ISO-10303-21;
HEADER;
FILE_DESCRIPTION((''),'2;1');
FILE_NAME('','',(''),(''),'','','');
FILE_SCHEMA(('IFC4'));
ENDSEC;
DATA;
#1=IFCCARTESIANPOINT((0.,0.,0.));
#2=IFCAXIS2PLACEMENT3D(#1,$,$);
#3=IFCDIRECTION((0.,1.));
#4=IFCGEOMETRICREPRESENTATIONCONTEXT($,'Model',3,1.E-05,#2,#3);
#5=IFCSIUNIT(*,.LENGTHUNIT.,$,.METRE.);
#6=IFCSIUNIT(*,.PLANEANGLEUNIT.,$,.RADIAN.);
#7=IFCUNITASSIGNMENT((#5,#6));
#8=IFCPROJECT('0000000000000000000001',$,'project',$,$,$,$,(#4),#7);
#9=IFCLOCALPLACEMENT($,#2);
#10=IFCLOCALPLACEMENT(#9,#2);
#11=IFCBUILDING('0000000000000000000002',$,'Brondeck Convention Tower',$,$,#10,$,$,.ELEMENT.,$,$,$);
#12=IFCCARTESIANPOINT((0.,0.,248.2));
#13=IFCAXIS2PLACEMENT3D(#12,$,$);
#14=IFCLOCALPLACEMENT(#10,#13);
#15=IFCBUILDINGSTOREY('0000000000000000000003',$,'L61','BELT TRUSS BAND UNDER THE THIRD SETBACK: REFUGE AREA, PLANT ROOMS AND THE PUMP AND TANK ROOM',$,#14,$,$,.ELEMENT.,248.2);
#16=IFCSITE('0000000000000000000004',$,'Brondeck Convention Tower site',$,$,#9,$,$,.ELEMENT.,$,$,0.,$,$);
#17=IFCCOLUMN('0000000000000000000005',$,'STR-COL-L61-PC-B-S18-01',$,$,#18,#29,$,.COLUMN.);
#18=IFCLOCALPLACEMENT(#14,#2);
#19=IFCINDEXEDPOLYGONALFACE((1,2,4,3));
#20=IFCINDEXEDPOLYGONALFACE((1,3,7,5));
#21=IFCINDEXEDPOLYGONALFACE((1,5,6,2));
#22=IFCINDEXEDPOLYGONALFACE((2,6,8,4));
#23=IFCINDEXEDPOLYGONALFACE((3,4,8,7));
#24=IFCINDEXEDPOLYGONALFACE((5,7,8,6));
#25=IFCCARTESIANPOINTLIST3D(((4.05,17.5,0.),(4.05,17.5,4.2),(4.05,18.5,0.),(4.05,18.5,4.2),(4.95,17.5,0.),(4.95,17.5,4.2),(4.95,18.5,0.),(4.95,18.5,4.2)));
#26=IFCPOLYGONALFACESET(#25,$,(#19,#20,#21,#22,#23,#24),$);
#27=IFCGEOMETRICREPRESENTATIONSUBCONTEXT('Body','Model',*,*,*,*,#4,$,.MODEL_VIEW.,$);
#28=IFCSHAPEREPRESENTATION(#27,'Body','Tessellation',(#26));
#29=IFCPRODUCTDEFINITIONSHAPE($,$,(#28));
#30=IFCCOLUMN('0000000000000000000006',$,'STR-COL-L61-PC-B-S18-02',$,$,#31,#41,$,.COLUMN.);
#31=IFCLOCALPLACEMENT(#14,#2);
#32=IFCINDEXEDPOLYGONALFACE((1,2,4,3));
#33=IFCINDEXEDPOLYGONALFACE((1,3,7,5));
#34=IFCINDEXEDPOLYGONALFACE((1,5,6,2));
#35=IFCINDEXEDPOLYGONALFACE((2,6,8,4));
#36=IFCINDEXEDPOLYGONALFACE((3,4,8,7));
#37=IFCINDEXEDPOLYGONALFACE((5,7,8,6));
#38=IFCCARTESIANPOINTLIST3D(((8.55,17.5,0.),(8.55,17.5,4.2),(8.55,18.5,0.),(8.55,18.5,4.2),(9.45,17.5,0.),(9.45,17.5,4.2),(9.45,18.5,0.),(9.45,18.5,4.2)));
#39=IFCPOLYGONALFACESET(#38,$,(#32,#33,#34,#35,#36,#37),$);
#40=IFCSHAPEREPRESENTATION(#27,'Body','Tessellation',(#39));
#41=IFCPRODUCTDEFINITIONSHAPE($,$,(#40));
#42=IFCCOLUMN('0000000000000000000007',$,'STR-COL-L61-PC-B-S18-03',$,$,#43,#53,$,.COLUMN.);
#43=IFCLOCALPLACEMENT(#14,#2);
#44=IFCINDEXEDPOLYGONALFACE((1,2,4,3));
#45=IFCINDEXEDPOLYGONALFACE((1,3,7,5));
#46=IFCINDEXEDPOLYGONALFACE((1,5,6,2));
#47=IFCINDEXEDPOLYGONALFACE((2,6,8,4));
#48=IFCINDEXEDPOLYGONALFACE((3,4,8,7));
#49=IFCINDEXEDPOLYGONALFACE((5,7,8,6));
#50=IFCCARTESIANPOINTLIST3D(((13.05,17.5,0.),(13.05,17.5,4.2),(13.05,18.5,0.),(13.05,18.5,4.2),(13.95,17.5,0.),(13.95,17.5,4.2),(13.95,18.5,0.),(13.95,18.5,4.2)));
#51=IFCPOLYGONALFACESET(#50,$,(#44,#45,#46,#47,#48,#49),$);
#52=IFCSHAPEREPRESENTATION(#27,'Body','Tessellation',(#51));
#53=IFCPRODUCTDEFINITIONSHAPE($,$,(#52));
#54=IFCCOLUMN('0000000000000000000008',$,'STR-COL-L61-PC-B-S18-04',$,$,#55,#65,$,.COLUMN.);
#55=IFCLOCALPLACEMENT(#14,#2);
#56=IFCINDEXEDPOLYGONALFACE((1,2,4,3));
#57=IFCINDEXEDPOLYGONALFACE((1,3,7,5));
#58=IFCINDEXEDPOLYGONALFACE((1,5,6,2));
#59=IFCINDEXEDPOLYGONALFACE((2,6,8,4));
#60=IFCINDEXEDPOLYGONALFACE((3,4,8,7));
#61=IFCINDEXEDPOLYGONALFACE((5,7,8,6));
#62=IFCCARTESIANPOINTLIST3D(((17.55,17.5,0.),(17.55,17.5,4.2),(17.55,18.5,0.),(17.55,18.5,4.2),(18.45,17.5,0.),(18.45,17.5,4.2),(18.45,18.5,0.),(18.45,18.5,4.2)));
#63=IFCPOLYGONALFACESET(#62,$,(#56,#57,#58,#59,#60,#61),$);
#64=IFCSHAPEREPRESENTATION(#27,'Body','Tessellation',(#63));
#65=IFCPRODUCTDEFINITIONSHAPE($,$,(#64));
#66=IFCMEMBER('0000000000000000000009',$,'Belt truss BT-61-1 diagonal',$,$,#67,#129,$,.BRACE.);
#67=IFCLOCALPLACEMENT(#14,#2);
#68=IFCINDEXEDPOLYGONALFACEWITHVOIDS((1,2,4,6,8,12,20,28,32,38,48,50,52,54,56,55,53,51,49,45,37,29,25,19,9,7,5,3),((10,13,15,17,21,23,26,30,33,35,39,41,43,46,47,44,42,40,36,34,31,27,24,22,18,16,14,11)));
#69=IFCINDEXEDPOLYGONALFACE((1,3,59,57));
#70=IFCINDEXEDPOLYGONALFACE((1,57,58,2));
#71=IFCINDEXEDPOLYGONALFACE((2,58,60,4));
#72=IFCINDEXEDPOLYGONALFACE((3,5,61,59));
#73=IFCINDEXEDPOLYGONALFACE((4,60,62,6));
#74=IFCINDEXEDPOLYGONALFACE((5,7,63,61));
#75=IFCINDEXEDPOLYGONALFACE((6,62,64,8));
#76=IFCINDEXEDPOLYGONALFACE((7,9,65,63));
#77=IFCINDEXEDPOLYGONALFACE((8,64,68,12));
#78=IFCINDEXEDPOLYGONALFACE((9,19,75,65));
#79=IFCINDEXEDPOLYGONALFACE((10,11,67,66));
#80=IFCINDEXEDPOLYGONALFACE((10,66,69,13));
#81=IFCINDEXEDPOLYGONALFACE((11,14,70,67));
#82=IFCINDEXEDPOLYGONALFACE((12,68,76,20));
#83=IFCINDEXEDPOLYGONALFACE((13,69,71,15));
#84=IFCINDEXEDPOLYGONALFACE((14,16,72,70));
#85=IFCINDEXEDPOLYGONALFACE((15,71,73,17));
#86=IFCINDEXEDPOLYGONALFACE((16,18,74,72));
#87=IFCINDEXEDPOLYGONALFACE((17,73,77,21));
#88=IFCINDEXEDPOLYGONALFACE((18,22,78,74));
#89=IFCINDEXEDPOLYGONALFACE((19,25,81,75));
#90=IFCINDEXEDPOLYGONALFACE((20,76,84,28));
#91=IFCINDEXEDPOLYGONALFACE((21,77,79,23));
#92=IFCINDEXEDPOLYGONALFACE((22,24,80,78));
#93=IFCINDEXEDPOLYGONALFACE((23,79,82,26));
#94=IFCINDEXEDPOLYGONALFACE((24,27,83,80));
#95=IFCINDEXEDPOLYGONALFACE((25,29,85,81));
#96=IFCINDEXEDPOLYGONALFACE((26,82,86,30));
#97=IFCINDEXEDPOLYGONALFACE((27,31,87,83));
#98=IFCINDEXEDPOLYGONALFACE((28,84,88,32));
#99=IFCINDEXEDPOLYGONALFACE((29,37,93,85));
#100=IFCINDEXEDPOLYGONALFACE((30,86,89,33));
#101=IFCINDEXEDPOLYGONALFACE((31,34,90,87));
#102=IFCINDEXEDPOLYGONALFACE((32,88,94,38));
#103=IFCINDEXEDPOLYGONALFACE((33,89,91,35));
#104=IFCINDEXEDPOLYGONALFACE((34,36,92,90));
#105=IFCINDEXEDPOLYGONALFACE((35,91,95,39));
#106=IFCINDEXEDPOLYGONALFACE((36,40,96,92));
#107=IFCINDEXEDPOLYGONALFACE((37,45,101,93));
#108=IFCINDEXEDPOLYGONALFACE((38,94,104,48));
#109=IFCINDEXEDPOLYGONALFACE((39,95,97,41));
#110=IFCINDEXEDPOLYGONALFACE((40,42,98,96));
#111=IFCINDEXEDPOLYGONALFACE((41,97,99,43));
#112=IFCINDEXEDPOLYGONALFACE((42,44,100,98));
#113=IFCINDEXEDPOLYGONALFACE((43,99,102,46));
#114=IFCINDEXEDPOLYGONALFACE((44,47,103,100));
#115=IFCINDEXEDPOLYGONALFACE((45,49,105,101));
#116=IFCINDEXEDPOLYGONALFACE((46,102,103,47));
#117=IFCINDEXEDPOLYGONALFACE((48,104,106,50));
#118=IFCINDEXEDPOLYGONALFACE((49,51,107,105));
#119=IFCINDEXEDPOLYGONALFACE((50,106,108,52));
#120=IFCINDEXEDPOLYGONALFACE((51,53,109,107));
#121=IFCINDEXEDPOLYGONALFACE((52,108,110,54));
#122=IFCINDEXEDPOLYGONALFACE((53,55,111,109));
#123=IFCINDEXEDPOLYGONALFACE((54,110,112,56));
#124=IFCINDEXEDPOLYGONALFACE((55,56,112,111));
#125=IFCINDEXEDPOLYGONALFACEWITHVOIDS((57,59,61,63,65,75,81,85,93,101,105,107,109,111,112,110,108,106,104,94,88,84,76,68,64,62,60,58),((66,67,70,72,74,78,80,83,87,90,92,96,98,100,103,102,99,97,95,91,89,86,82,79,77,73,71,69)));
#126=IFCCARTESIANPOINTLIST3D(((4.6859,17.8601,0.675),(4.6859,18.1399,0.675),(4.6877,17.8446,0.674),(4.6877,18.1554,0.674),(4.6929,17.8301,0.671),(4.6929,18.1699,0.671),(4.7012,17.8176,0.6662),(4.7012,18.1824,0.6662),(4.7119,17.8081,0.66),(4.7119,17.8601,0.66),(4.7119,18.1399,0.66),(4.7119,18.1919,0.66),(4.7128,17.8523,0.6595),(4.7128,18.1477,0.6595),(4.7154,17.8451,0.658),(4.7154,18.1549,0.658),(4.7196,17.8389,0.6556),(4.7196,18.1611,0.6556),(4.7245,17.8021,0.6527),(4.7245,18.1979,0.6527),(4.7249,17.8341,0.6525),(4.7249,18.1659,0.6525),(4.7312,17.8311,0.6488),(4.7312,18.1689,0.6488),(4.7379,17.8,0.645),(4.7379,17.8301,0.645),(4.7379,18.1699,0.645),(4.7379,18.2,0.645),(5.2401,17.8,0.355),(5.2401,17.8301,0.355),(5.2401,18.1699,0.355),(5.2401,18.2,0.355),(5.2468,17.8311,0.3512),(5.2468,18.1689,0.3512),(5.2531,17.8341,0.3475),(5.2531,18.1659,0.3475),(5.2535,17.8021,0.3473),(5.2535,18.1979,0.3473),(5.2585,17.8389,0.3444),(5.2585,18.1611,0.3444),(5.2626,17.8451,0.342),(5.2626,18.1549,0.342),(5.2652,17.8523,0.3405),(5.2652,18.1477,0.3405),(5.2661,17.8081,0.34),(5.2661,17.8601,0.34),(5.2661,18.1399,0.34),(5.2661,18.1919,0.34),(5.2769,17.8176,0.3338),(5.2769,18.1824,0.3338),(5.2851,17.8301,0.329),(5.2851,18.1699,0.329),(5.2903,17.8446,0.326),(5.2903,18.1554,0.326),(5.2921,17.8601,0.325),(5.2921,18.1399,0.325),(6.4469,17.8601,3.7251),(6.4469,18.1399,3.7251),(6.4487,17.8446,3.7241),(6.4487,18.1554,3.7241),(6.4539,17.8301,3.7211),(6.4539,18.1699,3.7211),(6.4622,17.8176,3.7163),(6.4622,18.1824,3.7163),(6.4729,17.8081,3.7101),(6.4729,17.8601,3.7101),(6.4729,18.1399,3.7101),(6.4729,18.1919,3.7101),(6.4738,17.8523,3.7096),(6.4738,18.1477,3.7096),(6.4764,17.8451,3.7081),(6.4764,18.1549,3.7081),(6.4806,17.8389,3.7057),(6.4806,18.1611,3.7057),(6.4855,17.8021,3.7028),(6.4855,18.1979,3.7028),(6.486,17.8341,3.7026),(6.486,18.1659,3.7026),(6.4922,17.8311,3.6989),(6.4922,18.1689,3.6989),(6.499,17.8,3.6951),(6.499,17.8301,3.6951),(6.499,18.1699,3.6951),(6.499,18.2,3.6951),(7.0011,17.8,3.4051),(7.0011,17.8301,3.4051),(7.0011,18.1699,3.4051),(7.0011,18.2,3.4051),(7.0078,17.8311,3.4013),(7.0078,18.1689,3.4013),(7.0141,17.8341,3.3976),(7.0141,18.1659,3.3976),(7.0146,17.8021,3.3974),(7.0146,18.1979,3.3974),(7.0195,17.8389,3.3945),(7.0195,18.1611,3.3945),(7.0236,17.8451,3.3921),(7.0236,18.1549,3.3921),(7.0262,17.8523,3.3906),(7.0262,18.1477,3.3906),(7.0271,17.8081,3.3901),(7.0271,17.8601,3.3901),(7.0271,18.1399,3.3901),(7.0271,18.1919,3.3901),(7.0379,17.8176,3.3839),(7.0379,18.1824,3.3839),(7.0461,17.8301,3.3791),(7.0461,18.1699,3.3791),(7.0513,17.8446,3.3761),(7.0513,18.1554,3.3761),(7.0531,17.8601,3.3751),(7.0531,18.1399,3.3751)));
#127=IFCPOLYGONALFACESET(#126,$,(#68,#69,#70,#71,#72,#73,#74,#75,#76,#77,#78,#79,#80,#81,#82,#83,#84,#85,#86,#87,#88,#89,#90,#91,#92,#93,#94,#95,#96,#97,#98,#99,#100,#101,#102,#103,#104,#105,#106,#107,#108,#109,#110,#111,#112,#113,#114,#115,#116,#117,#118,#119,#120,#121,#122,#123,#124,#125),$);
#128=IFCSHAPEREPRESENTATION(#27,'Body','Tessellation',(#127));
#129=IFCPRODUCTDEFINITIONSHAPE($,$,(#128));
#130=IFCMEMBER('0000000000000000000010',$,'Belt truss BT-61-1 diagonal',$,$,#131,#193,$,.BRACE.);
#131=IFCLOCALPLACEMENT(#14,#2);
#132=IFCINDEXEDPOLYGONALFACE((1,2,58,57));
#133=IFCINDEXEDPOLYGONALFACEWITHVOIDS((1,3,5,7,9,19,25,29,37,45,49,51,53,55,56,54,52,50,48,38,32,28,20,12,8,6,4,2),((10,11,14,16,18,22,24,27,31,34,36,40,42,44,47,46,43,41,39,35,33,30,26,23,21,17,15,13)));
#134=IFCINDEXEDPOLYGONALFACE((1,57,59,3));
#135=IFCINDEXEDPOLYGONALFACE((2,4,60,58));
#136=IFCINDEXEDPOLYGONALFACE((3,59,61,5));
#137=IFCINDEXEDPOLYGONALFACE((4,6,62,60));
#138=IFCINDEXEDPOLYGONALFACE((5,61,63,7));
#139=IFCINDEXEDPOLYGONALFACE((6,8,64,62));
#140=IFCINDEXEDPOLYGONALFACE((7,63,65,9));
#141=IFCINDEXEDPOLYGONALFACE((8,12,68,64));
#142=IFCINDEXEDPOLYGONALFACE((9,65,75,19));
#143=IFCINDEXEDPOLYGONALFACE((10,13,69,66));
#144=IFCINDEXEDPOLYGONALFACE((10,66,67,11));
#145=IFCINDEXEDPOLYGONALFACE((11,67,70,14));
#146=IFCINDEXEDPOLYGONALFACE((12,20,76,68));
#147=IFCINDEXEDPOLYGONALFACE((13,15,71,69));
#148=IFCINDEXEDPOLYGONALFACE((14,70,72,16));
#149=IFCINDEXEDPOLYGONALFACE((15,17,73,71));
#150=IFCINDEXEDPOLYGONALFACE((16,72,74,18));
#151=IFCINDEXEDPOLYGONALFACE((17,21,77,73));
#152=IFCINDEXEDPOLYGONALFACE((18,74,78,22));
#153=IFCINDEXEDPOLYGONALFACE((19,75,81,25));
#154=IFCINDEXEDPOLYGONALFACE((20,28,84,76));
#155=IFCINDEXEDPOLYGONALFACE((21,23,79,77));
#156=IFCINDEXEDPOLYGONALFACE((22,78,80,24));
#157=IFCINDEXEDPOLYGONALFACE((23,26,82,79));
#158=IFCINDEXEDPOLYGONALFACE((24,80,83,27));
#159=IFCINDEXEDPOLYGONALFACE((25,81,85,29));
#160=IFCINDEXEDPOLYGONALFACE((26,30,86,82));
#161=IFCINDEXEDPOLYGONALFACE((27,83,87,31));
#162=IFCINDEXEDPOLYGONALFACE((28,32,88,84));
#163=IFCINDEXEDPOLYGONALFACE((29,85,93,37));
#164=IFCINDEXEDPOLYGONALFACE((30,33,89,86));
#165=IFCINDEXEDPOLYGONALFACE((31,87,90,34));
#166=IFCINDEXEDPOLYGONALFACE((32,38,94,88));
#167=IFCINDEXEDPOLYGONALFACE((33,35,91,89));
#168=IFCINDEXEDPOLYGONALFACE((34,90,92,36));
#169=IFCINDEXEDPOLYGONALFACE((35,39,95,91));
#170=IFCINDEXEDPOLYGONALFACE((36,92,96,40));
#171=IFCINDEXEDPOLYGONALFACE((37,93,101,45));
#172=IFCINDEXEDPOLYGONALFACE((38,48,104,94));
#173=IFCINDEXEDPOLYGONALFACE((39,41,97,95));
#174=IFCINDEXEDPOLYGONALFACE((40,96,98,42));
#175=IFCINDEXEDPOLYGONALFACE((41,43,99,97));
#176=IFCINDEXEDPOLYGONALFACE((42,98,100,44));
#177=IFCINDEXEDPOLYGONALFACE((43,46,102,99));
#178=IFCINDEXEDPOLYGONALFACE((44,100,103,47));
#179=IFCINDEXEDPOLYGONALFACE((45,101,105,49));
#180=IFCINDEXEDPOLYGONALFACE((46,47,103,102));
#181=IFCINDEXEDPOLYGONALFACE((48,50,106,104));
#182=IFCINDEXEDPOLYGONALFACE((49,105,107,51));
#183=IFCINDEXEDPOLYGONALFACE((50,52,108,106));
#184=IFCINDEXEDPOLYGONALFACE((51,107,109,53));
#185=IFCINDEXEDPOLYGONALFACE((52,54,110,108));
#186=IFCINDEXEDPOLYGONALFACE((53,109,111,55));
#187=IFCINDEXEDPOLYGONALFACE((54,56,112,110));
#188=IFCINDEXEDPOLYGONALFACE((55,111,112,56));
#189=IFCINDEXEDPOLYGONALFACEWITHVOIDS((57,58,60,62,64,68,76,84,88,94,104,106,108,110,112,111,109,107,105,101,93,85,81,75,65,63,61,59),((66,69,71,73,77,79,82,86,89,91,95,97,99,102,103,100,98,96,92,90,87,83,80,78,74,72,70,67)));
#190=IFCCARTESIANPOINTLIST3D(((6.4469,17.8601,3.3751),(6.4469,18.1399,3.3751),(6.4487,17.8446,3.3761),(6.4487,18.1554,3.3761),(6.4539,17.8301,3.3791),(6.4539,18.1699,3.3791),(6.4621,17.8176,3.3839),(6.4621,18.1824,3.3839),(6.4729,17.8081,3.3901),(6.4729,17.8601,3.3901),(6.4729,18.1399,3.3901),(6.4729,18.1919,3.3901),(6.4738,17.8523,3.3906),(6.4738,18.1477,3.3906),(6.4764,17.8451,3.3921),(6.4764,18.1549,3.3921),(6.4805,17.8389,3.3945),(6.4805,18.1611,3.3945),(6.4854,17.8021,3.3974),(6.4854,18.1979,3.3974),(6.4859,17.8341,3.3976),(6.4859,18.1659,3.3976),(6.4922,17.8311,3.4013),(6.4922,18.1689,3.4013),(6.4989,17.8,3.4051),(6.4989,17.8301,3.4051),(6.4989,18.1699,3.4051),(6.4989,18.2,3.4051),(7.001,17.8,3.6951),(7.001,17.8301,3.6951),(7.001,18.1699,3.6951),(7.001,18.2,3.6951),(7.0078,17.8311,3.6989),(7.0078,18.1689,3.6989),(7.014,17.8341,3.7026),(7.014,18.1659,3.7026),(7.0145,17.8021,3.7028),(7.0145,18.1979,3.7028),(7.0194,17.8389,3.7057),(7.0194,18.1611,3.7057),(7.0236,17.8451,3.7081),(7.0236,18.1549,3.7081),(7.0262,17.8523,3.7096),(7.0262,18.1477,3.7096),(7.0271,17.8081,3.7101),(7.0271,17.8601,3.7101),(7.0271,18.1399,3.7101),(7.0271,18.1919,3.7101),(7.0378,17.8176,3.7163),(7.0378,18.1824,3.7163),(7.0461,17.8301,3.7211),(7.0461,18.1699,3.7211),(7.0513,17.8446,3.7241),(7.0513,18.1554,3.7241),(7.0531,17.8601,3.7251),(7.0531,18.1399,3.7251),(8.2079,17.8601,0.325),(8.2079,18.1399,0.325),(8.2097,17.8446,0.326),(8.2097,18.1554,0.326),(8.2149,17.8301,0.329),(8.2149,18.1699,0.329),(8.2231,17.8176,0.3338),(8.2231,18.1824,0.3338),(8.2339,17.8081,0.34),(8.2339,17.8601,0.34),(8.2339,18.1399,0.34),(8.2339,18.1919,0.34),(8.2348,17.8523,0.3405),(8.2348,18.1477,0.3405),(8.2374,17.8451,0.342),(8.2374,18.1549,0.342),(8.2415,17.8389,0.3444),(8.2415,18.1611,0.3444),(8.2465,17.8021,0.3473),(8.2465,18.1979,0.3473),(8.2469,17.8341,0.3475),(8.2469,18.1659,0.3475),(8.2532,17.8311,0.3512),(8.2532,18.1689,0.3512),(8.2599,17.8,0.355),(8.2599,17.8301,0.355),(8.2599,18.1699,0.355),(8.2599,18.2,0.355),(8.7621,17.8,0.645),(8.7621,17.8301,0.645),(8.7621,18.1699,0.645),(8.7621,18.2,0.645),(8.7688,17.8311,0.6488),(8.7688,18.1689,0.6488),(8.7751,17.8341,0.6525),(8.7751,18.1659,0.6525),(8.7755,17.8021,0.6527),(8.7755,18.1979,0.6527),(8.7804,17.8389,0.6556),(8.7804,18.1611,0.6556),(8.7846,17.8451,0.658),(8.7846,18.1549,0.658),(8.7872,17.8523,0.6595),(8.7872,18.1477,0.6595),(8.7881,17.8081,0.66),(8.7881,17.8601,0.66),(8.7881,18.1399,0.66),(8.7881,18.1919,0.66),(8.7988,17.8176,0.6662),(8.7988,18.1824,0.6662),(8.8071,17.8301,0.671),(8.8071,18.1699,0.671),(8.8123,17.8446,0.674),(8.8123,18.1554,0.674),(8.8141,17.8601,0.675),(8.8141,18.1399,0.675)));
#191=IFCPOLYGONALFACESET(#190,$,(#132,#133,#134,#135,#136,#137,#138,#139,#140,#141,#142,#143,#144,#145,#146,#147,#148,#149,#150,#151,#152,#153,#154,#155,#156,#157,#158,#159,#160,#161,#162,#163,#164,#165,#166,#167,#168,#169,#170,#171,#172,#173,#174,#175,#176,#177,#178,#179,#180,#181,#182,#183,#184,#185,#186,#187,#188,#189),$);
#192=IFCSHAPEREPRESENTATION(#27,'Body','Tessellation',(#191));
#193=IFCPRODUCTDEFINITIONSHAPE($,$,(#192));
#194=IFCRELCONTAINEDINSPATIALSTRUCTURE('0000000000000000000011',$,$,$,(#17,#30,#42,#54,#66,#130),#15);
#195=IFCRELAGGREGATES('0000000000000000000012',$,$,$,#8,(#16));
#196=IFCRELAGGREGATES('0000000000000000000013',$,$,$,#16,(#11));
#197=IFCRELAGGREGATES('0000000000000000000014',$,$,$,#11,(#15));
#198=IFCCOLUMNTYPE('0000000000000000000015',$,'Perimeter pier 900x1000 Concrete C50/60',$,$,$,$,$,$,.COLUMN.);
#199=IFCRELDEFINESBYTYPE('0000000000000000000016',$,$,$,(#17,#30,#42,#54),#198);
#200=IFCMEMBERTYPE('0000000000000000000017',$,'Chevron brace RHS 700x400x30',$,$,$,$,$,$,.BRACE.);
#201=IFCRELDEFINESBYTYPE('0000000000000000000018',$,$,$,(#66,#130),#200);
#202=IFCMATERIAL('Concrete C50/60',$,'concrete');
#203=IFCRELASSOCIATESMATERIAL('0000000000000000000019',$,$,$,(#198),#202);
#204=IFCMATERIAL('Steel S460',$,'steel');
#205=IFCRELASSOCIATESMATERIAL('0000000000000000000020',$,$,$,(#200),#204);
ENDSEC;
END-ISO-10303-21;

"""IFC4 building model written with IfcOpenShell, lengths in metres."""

from ifc_helpers import new_model, si_unit, direction, frame, origin, origin_2d, place, context, subcontext, project, spatial, rectangle, hollow_rectangle, extrude, material, material_profile, profile_set, type_object, element, save


model = new_model("IFC4")

# Units and contexts
model_context = context("Model", 3, precision=1e-05, world=origin(), true_north=direction((0.0, 1.0)))
body_context = subcontext(model_context, "Body", "Model", "MODEL_VIEW")
ifc_project = project(units=[si_unit("LENGTHUNIT", "METRE"), si_unit("PLANEANGLEUNIT", "RADIAN")], contexts=[model_context])

# Site, building, storey
site_placement = place(None, origin())
site = spatial("IfcSite", under=ifc_project, at=site_placement, Name="Brondeck Convention Tower site", CompositionType="ELEMENT", RefElevation=0.0)
building_placement = place(site_placement, origin())
building = spatial("IfcBuilding", under=site, at=building_placement, Name="Brondeck Convention Tower", CompositionType="ELEMENT")
storey_placement = place(building_placement, frame((0.0, 0.0, 248.2)))
storey = spatial("IfcBuildingStorey", under=building, at=storey_placement, Name="L61", Description="BELT TRUSS BAND UNDER THE THIRD SETBACK: REFUGE AREA, PLANT ROOMS AND THE PUMP AND TANK ROOM", CompositionType="ELEMENT", Elevation=248.2)

# Columns
ifc_material_1 = material(Name="Concrete C50/60", Category="concrete")
ifc_material_profile_1 = material_profile(ifc_material_1, rectangle(XDim=0.8999, YDim=1.0, at=origin_2d()), Name="Perimeter pier 900x1000 Concrete C50/60")
ifc_profile_set_1 = profile_set([ifc_material_profile_1], Name="Concrete C50/60")
column_type = type_object("IfcColumnType", Name="Perimeter pier 900x1000 Concrete C50/60", PredefinedType="COLUMN", material=ifc_profile_set_1)
for number, where, z_axis, x_axis, name in (
    (1, (4.5, 18.0, 0.0), (0.0, 0.0, 1.0), (1.0, 0.0, 0.0), "STR-COL-L61-PC-B-S18-01"),
    (2, (9.0, 18.0, 0.0), (0.0, 0.0, 1.0), (1.0, 0.0, 0.0), "STR-COL-L61-PC-B-S18-02"),
    (3, (13.5, 18.0, 0.0), (0.0, 0.0, 1.0), (1.0, 0.0, 0.0), "STR-COL-L61-PC-B-S18-03"),
    (4, (18.0, 18.0, 0.0), (0.0, 0.0, 1.0), (1.0, 0.0, 0.0), "STR-COL-L61-PC-B-S18-04"),
):
    element("IfcColumn", number, at=place(storey_placement, frame(where, z_axis=z_axis, x_axis=x_axis)), inside=storey, type_object=column_type, Name=name, PredefinedType="COLUMN", context=body_context, shape_type="SweptSolid", body=[
        extrude(rectangle(XDim=0.8999, YDim=1.0, at=origin_2d()), origin(), (0.0, 0.0, 1.0), 4.2),
    ])

# Members
ifc_material_2 = material(Name="Steel S460", Category="steel")
ifc_material_profile_2 = material_profile(ifc_material_2, hollow_rectangle(XDim=0.3999, YDim=0.7, WallThickness=0.03, InnerFilletRadius=0.03, OuterFilletRadius=0.0601, at=origin_2d()), Name="RHS 700x400x30")
ifc_profile_set_2 = profile_set([ifc_material_profile_2], Name="Steel S460")
member_type_1 = type_object("IfcMemberType", Name="Chevron brace RHS 700x400x30", PredefinedType="BRACE", material=ifc_profile_set_2)
for number, where, z_axis, x_axis, name in (
    (5, (4.989, 18.0, 0.5), (0.500008, 0.0, 0.866021), (0.0, 1.0, 0.0), "Belt truss BT-61-1 diagonal"),
    (6, (8.511, 18.0, 0.5), (-0.500008, 0.0, 0.866021), (0.0, -1.0, 0.0), "Belt truss BT-61-1 diagonal"),
):
    element("IfcMember", number, at=place(storey_placement, frame(where, z_axis=z_axis, x_axis=x_axis)), inside=storey, type_object=member_type_1, Name=name, PredefinedType="BRACE", context=body_context, shape_type="SweptSolid", body=[
        extrude(hollow_rectangle(XDim=0.3999, YDim=0.7, WallThickness=0.03, InnerFilletRadius=0.03, OuterFilletRadius=0.0601, at=origin_2d()), origin(), (0.0, 0.0, 1.0), 3.522),
    ])

save(model, "model.ifc")
